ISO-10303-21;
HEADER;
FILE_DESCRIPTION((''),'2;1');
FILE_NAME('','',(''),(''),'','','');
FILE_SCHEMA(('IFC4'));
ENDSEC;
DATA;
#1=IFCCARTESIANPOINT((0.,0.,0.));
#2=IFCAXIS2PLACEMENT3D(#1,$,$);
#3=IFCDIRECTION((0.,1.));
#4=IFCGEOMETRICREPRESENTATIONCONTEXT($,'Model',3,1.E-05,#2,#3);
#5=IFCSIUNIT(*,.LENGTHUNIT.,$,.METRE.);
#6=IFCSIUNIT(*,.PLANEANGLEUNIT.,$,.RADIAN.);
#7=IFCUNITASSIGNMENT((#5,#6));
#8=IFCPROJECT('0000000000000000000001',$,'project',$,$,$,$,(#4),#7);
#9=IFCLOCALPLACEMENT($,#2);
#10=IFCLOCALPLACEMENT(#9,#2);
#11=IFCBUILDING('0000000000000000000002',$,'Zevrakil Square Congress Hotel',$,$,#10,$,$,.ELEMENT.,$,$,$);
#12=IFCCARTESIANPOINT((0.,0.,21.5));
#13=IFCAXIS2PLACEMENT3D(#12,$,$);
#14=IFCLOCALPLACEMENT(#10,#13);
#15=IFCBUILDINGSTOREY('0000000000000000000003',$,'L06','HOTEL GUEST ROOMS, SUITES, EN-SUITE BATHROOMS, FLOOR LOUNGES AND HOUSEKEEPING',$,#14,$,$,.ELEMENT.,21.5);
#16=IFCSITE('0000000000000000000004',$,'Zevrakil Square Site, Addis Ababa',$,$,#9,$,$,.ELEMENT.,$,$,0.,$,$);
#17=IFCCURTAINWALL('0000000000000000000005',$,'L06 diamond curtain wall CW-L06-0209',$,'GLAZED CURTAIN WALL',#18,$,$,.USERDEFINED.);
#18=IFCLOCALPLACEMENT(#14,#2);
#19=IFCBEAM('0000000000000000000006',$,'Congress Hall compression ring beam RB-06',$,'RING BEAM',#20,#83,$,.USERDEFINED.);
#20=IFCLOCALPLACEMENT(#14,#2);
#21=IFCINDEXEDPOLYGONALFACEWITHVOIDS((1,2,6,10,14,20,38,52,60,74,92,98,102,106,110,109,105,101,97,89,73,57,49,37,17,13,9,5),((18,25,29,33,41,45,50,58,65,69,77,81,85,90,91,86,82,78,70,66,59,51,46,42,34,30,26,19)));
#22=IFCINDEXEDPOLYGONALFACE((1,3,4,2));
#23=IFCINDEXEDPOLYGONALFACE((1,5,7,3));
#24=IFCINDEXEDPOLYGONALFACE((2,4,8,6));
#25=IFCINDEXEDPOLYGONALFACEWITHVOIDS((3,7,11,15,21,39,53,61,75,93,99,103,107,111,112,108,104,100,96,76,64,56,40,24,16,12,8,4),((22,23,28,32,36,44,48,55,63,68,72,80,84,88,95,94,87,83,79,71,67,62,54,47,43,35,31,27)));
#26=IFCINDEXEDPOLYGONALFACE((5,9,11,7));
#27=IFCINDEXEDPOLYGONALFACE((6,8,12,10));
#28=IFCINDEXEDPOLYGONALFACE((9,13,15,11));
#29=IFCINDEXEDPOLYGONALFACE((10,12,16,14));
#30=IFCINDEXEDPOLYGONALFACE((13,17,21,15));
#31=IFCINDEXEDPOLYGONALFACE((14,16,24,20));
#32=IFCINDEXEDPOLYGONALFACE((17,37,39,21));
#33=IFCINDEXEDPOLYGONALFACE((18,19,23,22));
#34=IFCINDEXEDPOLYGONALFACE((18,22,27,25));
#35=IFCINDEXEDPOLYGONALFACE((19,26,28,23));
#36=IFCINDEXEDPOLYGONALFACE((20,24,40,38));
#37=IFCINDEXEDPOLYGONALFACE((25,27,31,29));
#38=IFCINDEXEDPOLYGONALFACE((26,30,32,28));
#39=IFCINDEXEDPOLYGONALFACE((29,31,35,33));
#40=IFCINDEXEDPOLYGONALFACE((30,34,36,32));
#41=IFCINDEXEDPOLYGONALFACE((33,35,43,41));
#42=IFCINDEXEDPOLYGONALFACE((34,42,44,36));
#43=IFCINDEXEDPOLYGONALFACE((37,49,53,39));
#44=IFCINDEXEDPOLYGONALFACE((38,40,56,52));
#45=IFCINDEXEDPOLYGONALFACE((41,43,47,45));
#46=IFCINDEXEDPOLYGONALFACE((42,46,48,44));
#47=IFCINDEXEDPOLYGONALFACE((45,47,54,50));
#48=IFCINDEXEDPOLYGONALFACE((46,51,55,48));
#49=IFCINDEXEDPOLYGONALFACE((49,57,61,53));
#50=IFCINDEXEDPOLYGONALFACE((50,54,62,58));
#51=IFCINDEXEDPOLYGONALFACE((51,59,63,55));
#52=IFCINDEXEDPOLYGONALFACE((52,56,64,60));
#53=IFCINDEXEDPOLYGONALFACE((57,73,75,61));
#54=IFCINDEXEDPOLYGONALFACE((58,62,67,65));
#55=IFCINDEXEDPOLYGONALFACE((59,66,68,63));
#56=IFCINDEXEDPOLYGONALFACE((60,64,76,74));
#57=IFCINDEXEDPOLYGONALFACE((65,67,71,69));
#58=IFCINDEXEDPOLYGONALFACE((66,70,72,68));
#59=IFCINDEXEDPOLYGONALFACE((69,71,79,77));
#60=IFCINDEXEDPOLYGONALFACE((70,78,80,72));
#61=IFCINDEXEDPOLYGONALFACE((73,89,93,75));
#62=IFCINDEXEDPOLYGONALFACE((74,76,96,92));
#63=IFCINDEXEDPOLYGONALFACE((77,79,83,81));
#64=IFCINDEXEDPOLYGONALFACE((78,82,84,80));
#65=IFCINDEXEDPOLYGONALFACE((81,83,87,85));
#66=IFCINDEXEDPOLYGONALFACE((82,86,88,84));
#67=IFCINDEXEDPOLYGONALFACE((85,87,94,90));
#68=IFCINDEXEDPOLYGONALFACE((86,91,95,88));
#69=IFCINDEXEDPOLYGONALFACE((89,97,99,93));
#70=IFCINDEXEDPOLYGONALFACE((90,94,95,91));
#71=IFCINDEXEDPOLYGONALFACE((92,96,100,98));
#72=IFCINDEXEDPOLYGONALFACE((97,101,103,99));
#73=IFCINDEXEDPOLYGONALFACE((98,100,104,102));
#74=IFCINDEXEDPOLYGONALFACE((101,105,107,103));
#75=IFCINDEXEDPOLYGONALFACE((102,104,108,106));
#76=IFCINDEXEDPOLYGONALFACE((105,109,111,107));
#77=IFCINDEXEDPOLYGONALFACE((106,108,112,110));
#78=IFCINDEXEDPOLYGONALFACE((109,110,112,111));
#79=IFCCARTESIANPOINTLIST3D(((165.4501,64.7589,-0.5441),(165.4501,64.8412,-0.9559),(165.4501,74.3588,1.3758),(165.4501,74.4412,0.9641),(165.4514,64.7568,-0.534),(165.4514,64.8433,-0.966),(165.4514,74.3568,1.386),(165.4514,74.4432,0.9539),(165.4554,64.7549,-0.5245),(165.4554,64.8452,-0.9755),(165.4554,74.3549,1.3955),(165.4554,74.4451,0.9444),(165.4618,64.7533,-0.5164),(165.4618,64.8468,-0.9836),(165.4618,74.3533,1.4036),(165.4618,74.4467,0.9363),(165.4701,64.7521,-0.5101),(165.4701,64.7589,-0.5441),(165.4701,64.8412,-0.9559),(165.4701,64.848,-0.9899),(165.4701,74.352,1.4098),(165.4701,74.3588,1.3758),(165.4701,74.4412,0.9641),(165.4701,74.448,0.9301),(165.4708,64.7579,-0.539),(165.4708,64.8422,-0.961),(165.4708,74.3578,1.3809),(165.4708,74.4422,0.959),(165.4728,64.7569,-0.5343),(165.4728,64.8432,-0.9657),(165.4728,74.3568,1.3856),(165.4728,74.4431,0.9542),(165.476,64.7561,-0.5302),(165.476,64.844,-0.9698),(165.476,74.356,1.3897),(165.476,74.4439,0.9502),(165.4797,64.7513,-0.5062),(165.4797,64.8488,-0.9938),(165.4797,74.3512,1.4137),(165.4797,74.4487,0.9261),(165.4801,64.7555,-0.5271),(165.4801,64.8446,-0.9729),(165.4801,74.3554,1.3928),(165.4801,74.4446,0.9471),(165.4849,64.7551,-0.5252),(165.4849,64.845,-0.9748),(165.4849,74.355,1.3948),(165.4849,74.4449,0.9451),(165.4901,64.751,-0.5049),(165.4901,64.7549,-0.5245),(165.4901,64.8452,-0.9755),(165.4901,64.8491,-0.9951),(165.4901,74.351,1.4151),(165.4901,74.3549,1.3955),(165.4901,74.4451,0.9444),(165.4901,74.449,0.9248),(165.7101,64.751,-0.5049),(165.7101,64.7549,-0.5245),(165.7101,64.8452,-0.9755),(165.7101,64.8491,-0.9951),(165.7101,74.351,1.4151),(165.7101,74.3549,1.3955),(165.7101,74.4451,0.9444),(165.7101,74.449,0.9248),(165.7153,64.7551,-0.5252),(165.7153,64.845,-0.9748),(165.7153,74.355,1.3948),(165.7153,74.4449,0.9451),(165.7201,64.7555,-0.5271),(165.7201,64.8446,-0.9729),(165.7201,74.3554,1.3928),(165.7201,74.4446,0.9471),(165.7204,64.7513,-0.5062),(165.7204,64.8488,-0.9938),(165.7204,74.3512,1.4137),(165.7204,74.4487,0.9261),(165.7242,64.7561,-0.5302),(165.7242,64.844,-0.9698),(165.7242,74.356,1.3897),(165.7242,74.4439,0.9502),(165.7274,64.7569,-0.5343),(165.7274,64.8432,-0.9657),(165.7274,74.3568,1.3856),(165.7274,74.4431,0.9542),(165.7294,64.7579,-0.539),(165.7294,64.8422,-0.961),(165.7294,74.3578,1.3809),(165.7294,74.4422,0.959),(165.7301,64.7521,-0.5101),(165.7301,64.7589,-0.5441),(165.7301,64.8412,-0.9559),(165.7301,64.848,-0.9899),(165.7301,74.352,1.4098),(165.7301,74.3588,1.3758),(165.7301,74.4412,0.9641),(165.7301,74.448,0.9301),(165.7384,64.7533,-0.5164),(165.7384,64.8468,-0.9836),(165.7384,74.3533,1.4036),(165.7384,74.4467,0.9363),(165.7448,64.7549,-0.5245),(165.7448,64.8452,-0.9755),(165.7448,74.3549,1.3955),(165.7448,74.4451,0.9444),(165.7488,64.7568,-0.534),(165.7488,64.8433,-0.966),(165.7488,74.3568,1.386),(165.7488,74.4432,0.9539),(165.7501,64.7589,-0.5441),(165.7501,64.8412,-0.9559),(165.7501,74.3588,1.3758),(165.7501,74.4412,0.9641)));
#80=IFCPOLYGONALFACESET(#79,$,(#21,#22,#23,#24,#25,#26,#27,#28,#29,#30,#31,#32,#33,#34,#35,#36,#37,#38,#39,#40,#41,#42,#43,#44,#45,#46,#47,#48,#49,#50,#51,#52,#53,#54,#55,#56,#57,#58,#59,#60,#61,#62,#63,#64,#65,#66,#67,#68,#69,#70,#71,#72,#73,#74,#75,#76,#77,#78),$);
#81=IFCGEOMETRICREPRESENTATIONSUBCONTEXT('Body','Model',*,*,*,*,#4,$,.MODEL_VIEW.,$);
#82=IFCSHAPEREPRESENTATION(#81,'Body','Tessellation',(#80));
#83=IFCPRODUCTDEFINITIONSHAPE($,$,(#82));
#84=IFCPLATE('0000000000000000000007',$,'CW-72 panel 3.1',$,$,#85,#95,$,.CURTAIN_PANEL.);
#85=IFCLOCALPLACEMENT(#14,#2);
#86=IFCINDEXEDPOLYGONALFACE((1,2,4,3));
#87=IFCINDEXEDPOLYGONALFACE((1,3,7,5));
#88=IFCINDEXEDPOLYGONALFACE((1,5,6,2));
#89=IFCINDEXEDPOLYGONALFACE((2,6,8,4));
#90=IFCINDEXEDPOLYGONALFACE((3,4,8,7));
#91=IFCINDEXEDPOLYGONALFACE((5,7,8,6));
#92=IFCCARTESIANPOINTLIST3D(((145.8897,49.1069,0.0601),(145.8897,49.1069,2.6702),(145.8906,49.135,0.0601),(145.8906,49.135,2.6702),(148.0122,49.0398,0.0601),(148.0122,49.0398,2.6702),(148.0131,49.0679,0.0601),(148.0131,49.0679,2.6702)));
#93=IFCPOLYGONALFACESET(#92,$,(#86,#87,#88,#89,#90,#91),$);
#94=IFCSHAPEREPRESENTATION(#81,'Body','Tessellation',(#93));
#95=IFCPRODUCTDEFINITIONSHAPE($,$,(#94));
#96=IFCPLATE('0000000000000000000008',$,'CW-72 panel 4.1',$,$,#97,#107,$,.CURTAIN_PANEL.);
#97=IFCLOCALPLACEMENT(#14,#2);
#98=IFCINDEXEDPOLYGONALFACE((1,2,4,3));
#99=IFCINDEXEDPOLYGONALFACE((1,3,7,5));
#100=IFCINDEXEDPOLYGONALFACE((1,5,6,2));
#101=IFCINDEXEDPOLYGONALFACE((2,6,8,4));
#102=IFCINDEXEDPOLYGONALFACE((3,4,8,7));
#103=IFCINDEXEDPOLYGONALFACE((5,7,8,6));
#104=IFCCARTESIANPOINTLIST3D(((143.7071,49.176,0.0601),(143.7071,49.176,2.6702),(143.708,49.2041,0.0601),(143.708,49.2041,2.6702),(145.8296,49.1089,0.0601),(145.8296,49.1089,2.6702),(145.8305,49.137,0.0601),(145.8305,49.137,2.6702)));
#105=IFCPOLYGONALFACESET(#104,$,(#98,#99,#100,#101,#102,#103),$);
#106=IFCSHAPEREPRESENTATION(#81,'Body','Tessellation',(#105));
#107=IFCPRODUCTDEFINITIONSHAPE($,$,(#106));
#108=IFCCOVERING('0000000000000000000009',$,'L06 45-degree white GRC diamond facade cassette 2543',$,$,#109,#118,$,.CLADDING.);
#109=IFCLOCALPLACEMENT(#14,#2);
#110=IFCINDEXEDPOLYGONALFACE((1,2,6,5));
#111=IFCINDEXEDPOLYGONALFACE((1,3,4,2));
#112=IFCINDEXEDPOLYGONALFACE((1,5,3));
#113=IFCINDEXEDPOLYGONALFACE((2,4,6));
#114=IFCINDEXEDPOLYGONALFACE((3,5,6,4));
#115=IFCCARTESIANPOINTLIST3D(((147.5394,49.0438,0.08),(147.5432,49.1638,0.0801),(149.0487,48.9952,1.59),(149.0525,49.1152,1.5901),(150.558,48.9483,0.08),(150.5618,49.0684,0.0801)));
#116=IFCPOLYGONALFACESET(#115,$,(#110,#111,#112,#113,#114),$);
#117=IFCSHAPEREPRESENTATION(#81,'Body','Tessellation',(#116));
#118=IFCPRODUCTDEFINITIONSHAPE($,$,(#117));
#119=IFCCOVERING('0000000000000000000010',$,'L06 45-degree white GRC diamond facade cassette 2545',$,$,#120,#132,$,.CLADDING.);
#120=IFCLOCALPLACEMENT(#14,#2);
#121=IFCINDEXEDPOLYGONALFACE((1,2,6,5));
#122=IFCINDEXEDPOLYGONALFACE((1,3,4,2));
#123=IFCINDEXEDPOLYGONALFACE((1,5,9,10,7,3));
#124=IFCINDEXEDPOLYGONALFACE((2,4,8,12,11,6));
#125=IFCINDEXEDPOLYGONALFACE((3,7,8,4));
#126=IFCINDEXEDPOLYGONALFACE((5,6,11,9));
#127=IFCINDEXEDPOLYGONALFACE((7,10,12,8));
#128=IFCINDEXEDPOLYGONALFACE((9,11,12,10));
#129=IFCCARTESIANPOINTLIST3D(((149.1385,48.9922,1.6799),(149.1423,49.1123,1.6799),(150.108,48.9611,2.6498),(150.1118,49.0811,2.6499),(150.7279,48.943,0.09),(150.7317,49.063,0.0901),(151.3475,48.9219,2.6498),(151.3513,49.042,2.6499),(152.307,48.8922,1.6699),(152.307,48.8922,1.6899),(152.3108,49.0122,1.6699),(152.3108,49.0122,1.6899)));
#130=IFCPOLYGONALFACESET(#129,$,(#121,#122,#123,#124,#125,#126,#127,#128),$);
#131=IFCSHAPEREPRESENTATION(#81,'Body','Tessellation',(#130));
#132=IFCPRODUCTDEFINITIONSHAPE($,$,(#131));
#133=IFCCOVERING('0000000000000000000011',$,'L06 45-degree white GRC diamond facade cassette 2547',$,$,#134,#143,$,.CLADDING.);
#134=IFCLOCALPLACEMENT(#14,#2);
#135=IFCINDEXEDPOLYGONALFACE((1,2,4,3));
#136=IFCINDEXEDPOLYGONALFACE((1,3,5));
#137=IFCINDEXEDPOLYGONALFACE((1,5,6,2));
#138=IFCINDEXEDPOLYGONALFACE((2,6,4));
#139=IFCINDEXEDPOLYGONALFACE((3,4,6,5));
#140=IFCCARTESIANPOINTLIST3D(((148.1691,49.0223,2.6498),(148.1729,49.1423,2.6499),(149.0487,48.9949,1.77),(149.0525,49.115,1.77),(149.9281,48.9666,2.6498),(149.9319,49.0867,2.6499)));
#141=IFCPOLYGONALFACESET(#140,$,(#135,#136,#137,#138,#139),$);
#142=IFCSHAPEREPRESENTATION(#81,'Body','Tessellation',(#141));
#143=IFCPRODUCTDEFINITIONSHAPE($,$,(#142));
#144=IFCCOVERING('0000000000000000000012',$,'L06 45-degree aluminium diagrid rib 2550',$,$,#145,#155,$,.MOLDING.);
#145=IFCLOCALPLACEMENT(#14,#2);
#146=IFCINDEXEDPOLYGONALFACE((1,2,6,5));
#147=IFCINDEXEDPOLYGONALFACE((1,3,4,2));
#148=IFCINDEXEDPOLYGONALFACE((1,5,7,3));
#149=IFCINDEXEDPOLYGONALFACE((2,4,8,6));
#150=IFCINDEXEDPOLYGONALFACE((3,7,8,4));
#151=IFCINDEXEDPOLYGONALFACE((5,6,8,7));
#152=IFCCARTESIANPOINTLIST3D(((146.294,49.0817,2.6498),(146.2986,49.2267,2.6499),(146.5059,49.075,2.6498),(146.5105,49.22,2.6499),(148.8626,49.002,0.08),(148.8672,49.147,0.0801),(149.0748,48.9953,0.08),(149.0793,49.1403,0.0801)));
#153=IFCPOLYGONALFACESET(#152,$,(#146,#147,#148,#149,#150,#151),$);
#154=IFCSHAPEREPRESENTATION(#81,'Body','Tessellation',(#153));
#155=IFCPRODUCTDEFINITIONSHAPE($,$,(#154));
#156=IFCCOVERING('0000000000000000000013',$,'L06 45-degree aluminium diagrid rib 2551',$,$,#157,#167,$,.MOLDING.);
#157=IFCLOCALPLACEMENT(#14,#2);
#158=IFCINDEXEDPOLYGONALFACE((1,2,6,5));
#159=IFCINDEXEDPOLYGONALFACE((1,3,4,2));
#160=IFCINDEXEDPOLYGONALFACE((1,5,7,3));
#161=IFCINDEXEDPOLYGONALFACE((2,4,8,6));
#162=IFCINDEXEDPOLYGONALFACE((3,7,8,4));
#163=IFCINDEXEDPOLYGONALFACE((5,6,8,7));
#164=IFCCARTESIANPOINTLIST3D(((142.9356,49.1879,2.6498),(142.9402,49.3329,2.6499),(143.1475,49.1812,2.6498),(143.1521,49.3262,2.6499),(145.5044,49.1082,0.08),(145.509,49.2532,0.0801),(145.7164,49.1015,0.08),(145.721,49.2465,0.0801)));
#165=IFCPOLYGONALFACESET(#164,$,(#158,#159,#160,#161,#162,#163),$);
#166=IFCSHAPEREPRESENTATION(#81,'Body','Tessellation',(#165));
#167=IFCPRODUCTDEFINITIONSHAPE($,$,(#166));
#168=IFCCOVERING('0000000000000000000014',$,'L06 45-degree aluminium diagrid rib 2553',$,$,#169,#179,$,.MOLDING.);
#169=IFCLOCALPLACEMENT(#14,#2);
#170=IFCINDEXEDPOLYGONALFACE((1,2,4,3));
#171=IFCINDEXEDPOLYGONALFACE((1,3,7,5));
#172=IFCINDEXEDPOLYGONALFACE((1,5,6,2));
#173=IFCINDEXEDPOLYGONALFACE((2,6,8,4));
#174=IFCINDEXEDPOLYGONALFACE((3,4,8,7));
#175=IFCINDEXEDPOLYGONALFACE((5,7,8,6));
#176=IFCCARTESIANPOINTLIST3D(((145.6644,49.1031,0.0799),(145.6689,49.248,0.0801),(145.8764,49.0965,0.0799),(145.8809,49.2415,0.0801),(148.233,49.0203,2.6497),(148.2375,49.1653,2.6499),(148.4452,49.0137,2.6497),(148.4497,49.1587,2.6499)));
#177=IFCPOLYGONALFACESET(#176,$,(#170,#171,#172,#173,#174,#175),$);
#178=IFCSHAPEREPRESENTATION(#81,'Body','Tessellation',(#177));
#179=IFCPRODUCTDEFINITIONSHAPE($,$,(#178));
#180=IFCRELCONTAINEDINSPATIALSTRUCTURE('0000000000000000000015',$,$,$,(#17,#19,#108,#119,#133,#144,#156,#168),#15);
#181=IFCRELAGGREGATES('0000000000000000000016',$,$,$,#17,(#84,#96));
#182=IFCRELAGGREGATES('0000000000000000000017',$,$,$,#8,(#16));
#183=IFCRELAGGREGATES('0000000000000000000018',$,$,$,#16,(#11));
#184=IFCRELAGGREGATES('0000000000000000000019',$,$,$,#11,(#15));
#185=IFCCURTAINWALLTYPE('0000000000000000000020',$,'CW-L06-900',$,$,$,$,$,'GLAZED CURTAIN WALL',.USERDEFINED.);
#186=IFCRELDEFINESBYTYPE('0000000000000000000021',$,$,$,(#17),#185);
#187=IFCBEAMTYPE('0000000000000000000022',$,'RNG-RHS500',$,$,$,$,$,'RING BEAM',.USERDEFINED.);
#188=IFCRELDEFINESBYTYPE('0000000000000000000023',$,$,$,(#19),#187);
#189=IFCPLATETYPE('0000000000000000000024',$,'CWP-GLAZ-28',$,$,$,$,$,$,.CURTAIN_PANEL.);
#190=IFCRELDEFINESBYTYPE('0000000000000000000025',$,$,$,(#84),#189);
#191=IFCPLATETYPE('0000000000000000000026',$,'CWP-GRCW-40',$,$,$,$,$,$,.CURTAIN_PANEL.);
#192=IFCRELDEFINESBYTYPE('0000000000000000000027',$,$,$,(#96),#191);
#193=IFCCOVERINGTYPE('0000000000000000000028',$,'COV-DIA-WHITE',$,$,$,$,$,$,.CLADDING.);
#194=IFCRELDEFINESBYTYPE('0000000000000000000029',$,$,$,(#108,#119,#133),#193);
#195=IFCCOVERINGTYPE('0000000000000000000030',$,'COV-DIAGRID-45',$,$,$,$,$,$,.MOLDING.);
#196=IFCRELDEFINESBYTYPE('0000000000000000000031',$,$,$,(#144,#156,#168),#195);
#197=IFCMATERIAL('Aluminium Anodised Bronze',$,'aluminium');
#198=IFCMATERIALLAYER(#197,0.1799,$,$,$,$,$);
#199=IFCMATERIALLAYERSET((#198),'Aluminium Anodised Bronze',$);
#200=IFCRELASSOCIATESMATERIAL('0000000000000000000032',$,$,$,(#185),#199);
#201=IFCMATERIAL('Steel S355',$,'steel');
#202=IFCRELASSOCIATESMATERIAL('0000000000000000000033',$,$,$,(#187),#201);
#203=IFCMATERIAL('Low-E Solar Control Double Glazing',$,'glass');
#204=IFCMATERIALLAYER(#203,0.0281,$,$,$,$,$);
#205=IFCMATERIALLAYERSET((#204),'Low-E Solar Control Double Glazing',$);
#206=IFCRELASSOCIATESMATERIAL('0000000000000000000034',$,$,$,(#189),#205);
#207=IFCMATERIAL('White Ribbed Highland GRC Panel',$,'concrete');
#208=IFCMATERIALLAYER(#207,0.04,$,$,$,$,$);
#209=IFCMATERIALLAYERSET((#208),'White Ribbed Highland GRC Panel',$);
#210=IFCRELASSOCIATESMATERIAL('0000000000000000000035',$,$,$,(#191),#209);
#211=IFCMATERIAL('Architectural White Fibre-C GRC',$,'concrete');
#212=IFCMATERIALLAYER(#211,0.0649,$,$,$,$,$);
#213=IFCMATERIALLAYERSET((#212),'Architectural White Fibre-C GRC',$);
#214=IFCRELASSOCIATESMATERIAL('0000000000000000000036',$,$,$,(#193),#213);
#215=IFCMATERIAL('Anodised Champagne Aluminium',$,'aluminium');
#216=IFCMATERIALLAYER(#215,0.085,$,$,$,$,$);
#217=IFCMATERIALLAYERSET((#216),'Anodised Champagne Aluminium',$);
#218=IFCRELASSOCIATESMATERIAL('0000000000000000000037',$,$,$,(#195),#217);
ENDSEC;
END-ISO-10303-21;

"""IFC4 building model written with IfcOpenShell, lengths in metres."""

from ifc_helpers import new_model, si_unit, direction, frame, origin, origin_2d, place, context, subcontext, project, spatial, polyline, rectangle, hollow_rectangle, outline, extrude, material, layer, layer_set, material_profile, profile_set, type_object, element, aggregate, save


model = new_model("IFC4")

# Units and contexts
model_context = context("Model", 3, precision=1e-05, world=origin(), true_north=direction((0.0, 1.0)))
body_context = subcontext(model_context, "Body", "Model", "MODEL_VIEW")
ifc_project = project(units=[si_unit("LENGTHUNIT", "METRE"), si_unit("PLANEANGLEUNIT", "RADIAN")], contexts=[model_context])

# Site, building, storey
site_placement = place(None, origin())
site = spatial("IfcSite", under=ifc_project, at=site_placement, Name="Zevrakil Square Site, Addis Ababa", CompositionType="ELEMENT", RefElevation=0.0)
building_placement = place(site_placement, origin())
building = spatial("IfcBuilding", under=site, at=building_placement, Name="Zevrakil Square Congress Hotel", CompositionType="ELEMENT")
storey_placement = place(building_placement, frame((0.0, 0.0, 21.5)))
storey = spatial("IfcBuildingStorey", under=building, at=storey_placement, Name="L06", Description="HOTEL GUEST ROOMS, SUITES, EN-SUITE BATHROOMS, FLOOR LOUNGES AND HOUSEKEEPING", CompositionType="ELEMENT", Elevation=21.5)

# Curtain wall
ifc_material_1 = material(Name="Aluminium Anodised Bronze", Category="aluminium")
ifc_layer_1 = layer(ifc_material_1, 0.1799)
ifc_layer_set_1 = layer_set([ifc_layer_1], Name="Aluminium Anodised Bronze")
curtain_wall_type = type_object("IfcCurtainWallType", Name="CW-L06-900", ElementType="GLAZED CURTAIN WALL", PredefinedType="USERDEFINED", material=ifc_layer_set_1)
curtain_wall_placement = place(storey_placement, origin())
curtain_wall = element("IfcCurtainWall", 1, at=curtain_wall_placement, inside=storey, type_object=curtain_wall_type, Name="L06 diamond curtain wall CW-L06-0209", ObjectType="GLAZED CURTAIN WALL", PredefinedType="USERDEFINED")

# Beam
ifc_material_2 = material(Name="Steel S355", Category="steel")
ifc_material_profile_1 = material_profile(ifc_material_2, hollow_rectangle(XDim=0.3, YDim=0.5, WallThickness=0.02, InnerFilletRadius=0.02, OuterFilletRadius=0.04, at=origin_2d()), Name="RHS 500x300x20")
ifc_profile_set_1 = profile_set([ifc_material_profile_1], Name="Steel S355")
beam_type = type_object("IfcBeamType", Name="RNG-RHS500", ElementType="RING BEAM", PredefinedType="USERDEFINED", material=ifc_profile_set_1)
beam_placement = place(storey_placement, frame((165.6001, 64.8, -0.75), z_axis=(0.0, 0.980582, 0.196111), x_axis=(-1.0, 0.0, 0.0)))
element("IfcBeam", 2, at=beam_placement, inside=storey, type_object=beam_type, Name="Congress Hall compression ring beam RB-06", ObjectType="RING BEAM", PredefinedType="USERDEFINED", context=body_context, shape_type="SweptSolid", body=[
    extrude(hollow_rectangle(XDim=0.3, YDim=0.5, WallThickness=0.02, InnerFilletRadius=0.02, OuterFilletRadius=0.04, at=origin_2d()), origin(), (0.0, 0.0, 1.0), 9.79),
])

# Plates
ifc_material_3 = material(Name="Low-E Solar Control Double Glazing", Category="glass")
ifc_layer_2 = layer(ifc_material_3, 0.0281)
ifc_layer_set_2 = layer_set([ifc_layer_2], Name="Low-E Solar Control Double Glazing")
plate_type_1 = type_object("IfcPlateType", Name="CWP-GLAZ-28", PredefinedType="CURTAIN_PANEL", material=ifc_layer_set_2)
plate_1_placement = place(storey_placement, frame((146.9514, 49.0874, 0.0601), z_axis=(0.0, 0.0, 1.0), x_axis=(-0.999501, 0.031598, 0.0)))
plate_1 = element("IfcPlate", 3, at=plate_1_placement, type_object=plate_type_1, Name="CW-72 panel 3.1", PredefinedType="CURTAIN_PANEL", context=body_context, shape_type="SweptSolid", body=[
    extrude(rectangle(XDim=2.1235, YDim=0.0281, at=origin_2d()), origin(), (0.0, 0.0, 1.0), 2.6101),
])
ifc_material_4 = material(Name="White Ribbed Highland GRC Panel", Category="concrete")
ifc_layer_3 = layer(ifc_material_4, 0.04)
ifc_layer_set_3 = layer_set([ifc_layer_3], Name="White Ribbed Highland GRC Panel")
plate_type_2 = type_object("IfcPlateType", Name="CWP-GRCW-40", PredefinedType="CURTAIN_PANEL", material=ifc_layer_set_3)
plate_2_placement = place(storey_placement, frame((144.7688, 49.1565, 0.0601), z_axis=(0.0, 0.0, 1.0), x_axis=(-0.999501, 0.031598, 0.0)))
plate_2 = element("IfcPlate", 4, at=plate_2_placement, type_object=plate_type_2, Name="CW-72 panel 4.1", PredefinedType="CURTAIN_PANEL", context=body_context, shape_type="SweptSolid", body=[
    extrude(rectangle(XDim=2.1235, YDim=0.0281, at=origin_2d()), origin(), (0.0, 0.0, 1.0), 2.6101),
])
aggregate(curtain_wall, [plate_1, plate_2])

# Coverings
ifc_material_5 = material(Name="Architectural White Fibre-C GRC", Category="concrete")
ifc_layer_4 = layer(ifc_material_5, 0.0649)
ifc_layer_set_4 = layer_set([ifc_layer_4], Name="Architectural White Fibre-C GRC")
covering_type_1 = type_object("IfcCoveringType", Name="COV-DIA-WHITE", PredefinedType="CLADDING", material=ifc_layer_set_4)
covering_1_placement = place(storey_placement, frame((149.0525, 49.1152, 1.5901), z_axis=(0.031608, 0.9995, 0.000566), x_axis=(-0.706752, 0.022751, -0.707095)))
element("IfcCovering", 5, at=covering_1_placement, inside=storey, type_object=covering_type_1, Name="L06 45-degree white GRC diamond facade cassette 2543", PredefinedType="CLADDING", context=body_context, shape_type="SweptSolid", body=[
    extrude(outline(polyline([(0.0, 0.0), (2.1355, 0.0), (0.0, -2.1355), (0.0, 0.0)])), origin(), (0.0, 0.0, -1.0), 0.1201),
])
covering_2_placement = place(storey_placement, frame((149.1423, 49.1123, 1.6799), z_axis=(0.031567, 0.999501, 0.000574), x_axis=(0.706829, -0.021917, -0.707045)))
element("IfcCovering", 6, at=covering_2_placement, inside=storey, type_object=covering_type_1, Name="L06 45-degree white GRC diamond facade cassette 2545", PredefinedType="CLADDING", context=body_context, shape_type="SweptSolid", body=[
    extrude(outline(polyline([(0.0, 0.0), (2.2486, 0.0), (2.2488, -2.2343), (2.2347, -2.2484), (0.8771, -2.2486), (0.0001, -1.3718), (0.0, 0.0)])), origin(), (0.0, 0.0, -1.0), 0.1201),
])
covering_3_placement = place(storey_placement, frame((149.0525, 49.115, 1.77), z_axis=(0.031629, 0.9995, 0.000559), x_axis=(0.706727, -0.02276, 0.70712)))
element("IfcCovering", 7, at=covering_3_placement, inside=storey, type_object=covering_type_1, Name="L06 45-degree white GRC diamond facade cassette 2547", PredefinedType="CLADDING", context=body_context, shape_type="SweptSolid", body=[
    extrude(outline(polyline([(0.0, 0.0), (1.2443, 0.0), (-0.0001, -1.2445), (0.0, 0.0)])), origin(), (0.0, 0.0, -1.0), 0.1201),
])
ifc_material_6 = material(Name="Anodised Champagne Aluminium", Category="aluminium")
ifc_layer_5 = layer(ifc_material_6, 0.085)
ifc_layer_set_5 = layer_set([ifc_layer_5], Name="Anodised Champagne Aluminium")
covering_type_2 = type_object("IfcCoveringType", Name="COV-DIAGRID-45", PredefinedType="MOLDING", material=ifc_layer_set_5)
covering_4_placement = place(storey_placement, frame((148.8672, 49.147, 0.0801), z_axis=(0.031648, 0.999499, 0.000632), x_axis=(0.999499, -0.031648, 0.0)))
element("IfcCovering", 8, at=covering_4_placement, inside=storey, type_object=covering_type_2, Name="L06 45-degree aluminium diagrid rib 2550", PredefinedType="MOLDING", context=body_context, shape_type="SweptSolid", body=[
    extrude(outline(polyline([(0.0, 0.0), (0.2123, 0.0), (-2.3578, -2.5698), (-2.5698, -2.5698), (0.0, 0.0)])), origin(), (0.0, 0.0, -1.0), 0.145),
])
covering_5_placement = place(storey_placement, frame((145.509, 49.2532, 0.0801), z_axis=(0.031666, 0.999498, 0.000651), x_axis=(0.999499, -0.031666, 0.0)))
element("IfcCovering", 9, at=covering_5_placement, inside=storey, type_object=covering_type_2, Name="L06 45-degree aluminium diagrid rib 2551", PredefinedType="MOLDING", context=body_context, shape_type="SweptSolid", body=[
    extrude(outline(polyline([(0.0, 0.0), (0.212, 0.0), (-2.3581, -2.5698), (-2.5701, -2.5698), (0.0, 0.0)])), origin(), (0.0, 0.0, -1.0), 0.145),
])
covering_6_placement = place(storey_placement, frame((148.4497, 49.1587, 2.6499), z_axis=(0.031073, 0.999516, 0.001131), x_axis=(-0.999517, 0.031073, 0.0)))
element("IfcCovering", 10, at=covering_6_placement, inside=storey, type_object=covering_type_2, Name="L06 45-degree aluminium diagrid rib 2553", PredefinedType="MOLDING", context=body_context, shape_type="SweptSolid", body=[
    extrude(outline(polyline([(0.0, 0.0), (0.2123, 0.0), (2.7822, -2.5698), (2.5702, -2.5698), (0.0, 0.0)])), origin(), (0.0, 0.0, -1.0), 0.145),
])

save(model, "model.ifc")
